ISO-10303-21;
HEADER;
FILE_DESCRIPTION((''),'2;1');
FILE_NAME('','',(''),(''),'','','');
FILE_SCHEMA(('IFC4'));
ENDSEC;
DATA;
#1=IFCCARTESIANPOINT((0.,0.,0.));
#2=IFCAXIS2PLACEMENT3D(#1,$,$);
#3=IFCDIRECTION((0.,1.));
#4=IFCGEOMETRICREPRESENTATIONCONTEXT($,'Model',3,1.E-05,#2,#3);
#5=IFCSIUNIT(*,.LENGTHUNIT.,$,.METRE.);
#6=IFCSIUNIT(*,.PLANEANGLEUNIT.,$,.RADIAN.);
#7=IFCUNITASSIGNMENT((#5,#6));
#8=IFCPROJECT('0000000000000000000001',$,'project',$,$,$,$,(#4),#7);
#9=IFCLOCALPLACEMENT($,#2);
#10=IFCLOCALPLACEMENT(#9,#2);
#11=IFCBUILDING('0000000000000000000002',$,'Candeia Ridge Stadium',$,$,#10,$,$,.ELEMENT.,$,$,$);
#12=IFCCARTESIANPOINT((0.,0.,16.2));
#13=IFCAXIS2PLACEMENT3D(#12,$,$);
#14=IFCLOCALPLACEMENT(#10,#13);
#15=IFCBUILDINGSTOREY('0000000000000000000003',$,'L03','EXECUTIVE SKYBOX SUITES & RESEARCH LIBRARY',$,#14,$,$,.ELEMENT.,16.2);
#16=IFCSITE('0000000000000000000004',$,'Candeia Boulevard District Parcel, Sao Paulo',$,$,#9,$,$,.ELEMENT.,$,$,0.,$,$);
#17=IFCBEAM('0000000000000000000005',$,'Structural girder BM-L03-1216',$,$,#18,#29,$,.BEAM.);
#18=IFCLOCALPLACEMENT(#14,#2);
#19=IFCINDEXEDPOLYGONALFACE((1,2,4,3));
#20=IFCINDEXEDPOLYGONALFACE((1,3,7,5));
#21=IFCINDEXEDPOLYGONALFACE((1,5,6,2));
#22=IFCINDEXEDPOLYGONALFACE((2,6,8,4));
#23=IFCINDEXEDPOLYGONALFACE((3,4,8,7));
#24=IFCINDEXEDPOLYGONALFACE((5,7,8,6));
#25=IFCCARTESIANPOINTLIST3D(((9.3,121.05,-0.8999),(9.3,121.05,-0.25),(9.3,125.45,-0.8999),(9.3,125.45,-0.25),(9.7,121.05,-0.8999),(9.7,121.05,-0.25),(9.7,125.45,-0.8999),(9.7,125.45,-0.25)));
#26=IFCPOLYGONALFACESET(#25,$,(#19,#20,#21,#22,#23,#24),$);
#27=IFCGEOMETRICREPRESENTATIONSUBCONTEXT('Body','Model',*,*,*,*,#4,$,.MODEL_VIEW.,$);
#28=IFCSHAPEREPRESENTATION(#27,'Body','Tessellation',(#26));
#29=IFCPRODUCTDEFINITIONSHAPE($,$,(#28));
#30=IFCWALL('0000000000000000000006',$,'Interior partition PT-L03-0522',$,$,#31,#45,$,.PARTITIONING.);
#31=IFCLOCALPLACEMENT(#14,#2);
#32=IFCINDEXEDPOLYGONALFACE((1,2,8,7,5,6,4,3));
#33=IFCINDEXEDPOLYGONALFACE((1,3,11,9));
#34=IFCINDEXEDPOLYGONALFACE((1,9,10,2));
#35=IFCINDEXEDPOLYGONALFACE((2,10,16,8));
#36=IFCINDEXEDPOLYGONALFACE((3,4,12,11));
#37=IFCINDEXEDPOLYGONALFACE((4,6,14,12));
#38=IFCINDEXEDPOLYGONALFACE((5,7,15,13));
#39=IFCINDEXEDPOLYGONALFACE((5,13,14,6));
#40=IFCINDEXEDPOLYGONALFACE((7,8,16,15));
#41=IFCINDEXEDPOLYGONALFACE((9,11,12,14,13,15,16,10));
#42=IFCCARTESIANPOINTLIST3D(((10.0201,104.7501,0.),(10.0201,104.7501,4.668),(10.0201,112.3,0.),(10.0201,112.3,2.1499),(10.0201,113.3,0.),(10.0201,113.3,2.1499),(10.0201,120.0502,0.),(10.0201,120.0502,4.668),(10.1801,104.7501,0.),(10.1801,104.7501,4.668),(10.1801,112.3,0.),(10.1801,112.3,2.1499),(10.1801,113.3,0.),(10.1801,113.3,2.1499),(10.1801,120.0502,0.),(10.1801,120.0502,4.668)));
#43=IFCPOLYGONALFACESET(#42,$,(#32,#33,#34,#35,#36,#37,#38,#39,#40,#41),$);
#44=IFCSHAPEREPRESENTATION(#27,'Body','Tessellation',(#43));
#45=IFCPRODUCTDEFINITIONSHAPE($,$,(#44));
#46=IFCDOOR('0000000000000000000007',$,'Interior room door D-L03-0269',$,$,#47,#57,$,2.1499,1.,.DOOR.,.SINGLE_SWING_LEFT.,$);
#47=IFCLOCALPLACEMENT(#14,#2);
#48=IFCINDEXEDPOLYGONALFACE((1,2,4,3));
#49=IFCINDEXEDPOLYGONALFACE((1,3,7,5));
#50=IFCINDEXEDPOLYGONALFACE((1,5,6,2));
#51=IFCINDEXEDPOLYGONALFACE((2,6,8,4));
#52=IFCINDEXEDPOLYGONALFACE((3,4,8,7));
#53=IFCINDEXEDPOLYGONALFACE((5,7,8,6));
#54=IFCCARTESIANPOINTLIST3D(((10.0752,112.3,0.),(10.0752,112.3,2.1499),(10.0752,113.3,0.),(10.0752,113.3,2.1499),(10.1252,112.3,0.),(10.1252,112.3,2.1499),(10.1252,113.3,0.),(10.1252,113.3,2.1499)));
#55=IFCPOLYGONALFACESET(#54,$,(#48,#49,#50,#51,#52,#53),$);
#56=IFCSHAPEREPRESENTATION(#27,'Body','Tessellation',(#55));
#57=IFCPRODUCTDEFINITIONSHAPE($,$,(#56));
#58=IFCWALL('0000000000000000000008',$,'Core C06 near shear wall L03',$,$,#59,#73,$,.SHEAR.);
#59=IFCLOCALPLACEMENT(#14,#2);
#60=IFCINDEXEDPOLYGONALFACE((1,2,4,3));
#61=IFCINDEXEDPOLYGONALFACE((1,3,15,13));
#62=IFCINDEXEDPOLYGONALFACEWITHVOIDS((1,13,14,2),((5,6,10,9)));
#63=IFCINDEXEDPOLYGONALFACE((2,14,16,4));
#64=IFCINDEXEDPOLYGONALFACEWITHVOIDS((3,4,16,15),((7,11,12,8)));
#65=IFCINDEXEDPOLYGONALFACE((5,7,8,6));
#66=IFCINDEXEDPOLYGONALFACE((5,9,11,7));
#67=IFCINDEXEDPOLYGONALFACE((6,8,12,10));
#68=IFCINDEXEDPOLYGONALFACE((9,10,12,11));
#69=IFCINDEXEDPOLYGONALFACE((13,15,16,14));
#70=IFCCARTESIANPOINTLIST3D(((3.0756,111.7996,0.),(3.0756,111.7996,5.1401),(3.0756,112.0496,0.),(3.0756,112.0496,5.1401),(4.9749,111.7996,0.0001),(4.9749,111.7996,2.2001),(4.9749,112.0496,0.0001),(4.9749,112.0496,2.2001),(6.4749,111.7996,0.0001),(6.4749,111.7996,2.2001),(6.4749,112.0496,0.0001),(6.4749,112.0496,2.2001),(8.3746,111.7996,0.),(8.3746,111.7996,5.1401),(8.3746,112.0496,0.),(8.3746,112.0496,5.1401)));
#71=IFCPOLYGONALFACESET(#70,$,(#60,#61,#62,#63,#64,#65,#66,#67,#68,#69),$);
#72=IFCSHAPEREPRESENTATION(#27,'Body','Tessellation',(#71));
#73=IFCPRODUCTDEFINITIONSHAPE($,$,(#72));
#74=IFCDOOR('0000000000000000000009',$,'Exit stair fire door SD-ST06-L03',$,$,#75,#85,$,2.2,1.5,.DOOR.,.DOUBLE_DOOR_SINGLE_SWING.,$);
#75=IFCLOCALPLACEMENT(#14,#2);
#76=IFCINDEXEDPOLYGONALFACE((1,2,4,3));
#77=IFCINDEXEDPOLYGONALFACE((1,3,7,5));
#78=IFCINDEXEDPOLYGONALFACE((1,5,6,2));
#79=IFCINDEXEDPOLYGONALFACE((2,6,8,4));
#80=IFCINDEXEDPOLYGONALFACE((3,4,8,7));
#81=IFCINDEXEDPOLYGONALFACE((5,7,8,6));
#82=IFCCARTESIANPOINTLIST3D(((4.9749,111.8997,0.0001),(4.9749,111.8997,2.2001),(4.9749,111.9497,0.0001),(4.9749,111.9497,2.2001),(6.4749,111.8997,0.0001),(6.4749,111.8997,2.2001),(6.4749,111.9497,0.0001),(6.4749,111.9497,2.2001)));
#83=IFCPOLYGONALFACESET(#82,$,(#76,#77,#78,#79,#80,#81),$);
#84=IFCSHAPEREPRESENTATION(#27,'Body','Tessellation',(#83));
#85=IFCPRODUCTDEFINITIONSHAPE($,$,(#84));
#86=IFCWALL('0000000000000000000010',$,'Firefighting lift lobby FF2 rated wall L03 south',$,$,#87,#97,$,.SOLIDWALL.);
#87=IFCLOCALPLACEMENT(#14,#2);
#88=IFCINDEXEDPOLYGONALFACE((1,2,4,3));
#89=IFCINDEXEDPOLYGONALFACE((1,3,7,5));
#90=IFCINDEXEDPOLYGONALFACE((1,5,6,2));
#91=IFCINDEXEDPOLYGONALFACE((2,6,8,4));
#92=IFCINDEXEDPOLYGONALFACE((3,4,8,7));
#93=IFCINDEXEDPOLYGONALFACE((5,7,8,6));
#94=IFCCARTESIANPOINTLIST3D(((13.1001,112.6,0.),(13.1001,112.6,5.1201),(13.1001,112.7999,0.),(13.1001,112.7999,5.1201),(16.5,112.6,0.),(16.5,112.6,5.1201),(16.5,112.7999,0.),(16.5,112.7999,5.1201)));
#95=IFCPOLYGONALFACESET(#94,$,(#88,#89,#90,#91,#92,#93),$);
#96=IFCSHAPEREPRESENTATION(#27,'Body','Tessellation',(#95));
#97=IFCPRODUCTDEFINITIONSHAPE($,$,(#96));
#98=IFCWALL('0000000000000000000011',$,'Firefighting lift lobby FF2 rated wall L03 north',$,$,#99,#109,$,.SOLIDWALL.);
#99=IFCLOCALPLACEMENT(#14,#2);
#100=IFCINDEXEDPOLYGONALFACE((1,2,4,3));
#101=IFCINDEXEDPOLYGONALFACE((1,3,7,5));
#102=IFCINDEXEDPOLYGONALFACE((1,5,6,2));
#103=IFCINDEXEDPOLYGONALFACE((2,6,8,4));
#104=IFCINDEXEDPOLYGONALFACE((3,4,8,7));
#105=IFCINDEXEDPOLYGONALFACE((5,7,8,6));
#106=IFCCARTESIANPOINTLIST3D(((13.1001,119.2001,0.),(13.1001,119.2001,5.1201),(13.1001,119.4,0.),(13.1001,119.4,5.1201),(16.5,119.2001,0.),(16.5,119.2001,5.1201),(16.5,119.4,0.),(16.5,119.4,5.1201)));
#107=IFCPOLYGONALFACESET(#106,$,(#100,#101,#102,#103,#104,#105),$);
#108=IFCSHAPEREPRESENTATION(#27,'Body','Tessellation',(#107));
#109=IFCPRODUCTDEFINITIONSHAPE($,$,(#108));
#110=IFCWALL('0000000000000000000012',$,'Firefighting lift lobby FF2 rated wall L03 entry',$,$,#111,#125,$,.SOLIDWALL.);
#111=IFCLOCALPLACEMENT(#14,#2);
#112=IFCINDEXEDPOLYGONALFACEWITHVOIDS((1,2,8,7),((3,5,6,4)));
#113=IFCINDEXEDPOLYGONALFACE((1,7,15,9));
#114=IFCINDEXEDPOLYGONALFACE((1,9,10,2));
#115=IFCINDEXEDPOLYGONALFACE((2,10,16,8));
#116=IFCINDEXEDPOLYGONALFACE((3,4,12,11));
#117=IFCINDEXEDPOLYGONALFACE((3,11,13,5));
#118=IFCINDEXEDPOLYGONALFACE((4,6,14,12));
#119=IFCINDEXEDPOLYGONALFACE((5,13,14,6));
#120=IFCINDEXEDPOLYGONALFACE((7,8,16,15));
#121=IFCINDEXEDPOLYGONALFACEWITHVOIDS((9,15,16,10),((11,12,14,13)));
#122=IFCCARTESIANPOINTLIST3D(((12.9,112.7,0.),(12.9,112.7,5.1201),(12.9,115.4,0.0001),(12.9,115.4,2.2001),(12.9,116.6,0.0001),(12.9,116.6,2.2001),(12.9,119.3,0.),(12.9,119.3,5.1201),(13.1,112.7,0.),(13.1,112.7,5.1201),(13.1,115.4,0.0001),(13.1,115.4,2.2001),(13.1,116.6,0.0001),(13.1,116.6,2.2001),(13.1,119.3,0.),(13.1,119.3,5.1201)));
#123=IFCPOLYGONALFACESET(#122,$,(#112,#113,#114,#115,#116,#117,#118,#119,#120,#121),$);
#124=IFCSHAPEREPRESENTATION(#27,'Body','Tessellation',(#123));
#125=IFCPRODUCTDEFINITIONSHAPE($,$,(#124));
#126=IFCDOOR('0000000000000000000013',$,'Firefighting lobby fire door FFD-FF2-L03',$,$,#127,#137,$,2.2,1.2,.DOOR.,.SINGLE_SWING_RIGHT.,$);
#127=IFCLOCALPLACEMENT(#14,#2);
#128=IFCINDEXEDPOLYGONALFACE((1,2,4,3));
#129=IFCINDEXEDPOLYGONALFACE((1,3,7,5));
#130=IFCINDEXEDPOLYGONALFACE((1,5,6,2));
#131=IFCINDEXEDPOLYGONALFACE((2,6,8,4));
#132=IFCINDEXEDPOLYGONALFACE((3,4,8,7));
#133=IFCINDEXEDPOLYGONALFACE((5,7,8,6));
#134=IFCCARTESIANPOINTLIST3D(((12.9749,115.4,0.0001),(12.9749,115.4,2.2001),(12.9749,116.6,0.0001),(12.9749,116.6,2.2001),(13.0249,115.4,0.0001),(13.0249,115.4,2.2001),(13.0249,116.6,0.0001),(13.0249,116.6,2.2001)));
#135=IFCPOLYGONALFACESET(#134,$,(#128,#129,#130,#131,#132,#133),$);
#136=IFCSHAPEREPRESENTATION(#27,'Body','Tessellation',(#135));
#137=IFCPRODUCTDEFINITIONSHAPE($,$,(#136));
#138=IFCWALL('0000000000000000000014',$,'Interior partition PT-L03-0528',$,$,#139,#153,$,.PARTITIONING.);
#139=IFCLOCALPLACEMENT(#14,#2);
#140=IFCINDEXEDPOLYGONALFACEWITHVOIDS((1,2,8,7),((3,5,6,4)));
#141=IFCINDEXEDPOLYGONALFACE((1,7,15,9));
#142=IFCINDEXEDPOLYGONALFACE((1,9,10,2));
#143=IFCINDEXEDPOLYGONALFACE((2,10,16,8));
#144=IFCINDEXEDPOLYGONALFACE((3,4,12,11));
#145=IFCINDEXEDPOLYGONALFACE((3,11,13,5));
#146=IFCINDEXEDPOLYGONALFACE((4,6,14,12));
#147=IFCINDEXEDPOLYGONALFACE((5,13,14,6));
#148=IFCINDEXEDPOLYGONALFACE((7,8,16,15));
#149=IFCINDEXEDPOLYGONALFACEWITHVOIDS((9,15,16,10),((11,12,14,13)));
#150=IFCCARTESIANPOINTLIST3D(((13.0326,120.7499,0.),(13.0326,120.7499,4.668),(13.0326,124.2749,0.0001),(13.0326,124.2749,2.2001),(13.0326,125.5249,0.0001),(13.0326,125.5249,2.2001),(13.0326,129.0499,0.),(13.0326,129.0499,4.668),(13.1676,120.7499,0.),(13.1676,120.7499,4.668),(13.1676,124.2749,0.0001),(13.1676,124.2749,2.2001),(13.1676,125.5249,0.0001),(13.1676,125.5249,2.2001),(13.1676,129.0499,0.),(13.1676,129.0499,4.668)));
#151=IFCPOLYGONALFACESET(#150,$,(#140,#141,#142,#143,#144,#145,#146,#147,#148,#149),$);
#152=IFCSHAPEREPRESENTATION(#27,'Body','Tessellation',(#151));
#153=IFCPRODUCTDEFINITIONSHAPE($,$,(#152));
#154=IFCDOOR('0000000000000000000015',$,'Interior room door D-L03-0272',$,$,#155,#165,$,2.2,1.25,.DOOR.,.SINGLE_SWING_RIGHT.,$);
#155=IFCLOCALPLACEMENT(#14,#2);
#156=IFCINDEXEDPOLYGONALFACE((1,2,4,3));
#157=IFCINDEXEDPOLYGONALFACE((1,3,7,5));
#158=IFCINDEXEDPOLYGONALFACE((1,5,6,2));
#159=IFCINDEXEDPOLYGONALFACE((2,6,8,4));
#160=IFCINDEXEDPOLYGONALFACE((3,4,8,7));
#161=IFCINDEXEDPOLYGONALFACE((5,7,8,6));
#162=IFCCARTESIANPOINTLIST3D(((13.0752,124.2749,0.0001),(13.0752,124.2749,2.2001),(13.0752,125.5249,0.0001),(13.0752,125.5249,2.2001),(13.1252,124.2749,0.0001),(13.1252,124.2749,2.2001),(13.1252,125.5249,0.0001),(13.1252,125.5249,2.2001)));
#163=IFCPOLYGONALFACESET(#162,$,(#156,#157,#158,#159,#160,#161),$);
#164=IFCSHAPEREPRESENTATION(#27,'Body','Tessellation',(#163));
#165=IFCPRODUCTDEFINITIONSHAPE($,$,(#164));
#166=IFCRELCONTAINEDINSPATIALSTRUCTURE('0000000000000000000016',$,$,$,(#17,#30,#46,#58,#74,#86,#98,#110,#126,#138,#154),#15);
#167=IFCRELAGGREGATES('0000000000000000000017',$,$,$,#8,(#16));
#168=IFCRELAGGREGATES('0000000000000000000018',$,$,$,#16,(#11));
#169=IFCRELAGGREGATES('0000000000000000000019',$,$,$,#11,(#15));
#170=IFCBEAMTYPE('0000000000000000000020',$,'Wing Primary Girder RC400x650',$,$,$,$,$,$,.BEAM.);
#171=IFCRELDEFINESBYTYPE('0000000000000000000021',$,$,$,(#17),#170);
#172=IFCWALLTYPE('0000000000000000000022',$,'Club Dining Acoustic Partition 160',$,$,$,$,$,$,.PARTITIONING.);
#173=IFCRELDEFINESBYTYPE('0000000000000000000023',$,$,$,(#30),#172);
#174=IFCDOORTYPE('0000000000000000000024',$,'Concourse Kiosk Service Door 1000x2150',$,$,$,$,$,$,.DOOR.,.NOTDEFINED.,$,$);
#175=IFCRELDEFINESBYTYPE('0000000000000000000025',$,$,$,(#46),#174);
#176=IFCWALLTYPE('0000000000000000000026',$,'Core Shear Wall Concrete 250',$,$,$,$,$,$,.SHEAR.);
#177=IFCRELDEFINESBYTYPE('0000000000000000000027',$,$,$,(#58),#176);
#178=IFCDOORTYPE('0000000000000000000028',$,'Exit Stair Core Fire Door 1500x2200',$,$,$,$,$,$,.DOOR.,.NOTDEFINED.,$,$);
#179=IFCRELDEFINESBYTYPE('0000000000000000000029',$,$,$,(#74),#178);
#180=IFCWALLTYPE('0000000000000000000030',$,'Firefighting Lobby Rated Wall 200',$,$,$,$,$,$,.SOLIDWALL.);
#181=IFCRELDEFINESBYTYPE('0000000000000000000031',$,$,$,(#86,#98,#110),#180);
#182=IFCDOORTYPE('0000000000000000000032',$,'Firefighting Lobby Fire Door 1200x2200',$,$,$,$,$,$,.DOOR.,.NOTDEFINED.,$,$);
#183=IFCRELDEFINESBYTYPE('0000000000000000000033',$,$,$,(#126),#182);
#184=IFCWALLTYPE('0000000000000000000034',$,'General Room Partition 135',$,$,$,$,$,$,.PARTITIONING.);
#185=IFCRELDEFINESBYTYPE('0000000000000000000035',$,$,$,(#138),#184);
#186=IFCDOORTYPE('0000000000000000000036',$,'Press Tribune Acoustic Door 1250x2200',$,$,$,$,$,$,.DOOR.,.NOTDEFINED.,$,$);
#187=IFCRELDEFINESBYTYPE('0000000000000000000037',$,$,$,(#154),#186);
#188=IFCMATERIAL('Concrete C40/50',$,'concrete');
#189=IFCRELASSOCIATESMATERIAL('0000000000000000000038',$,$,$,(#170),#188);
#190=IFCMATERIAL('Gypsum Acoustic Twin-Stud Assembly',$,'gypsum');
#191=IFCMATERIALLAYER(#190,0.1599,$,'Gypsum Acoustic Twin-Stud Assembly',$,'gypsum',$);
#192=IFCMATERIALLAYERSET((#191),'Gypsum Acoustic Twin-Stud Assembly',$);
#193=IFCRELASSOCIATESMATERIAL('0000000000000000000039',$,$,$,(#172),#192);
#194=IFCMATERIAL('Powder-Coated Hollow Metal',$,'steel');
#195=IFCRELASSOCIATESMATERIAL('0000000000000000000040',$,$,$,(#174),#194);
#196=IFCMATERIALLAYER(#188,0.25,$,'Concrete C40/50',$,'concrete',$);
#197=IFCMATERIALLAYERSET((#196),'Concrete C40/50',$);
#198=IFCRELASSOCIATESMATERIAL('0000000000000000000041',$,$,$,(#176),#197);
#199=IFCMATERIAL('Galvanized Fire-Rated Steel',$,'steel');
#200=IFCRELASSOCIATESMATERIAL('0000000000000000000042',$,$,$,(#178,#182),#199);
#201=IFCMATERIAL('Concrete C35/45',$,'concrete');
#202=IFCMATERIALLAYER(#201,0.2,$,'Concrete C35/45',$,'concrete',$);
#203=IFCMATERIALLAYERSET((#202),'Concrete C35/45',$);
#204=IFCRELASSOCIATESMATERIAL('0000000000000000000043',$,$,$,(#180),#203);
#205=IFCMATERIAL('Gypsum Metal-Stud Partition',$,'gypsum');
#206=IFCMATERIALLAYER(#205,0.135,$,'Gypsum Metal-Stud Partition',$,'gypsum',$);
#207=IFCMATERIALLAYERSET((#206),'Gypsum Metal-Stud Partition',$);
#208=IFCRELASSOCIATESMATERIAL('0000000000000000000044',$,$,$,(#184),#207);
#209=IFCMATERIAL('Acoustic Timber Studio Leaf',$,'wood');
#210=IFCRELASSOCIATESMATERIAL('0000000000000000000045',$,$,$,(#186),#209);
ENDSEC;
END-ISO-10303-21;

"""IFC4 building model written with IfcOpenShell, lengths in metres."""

from ifc_helpers import new_model, si_unit, direction, frame, frame_2d, origin, origin_2d, place, context, subcontext, project, spatial, rectangle, extrude, material, layer, layer_set, material_profile, profile_set, type_object, element, fill, save


model = new_model("IFC4")

# Units and contexts
model_context = context("Model", 3, precision=1e-05, world=origin(), true_north=direction((0.0, 1.0)))
body_context = subcontext(model_context, "Body", "Model", "MODEL_VIEW")
ifc_project = project(units=[si_unit("LENGTHUNIT", "METRE"), si_unit("PLANEANGLEUNIT", "RADIAN")], contexts=[model_context])

# Site, building, storey
site_placement = place(None, origin())
site = spatial("IfcSite", under=ifc_project, at=site_placement, Name="Candeia Boulevard District Parcel, Sao Paulo", CompositionType="ELEMENT", RefElevation=0.0)
building_placement = place(site_placement, origin())
building = spatial("IfcBuilding", under=site, at=building_placement, Name="Candeia Ridge Stadium", CompositionType="ELEMENT")
storey_placement = place(building_placement, frame((0.0, 0.0, 16.2)))
storey = spatial("IfcBuildingStorey", under=building, at=storey_placement, Name="L03", Description="EXECUTIVE SKYBOX SUITES & RESEARCH LIBRARY", CompositionType="ELEMENT", Elevation=16.2)

# Shared definitions
ifc_material_1 = material(Name="Concrete C40/50", Category="concrete")

# Beam
ifc_material_profile_1 = material_profile(ifc_material_1, rectangle(XDim=0.3999, YDim=0.6499, at=origin_2d()), Name="RC400x650", Category="concrete")
ifc_profile_set_1 = profile_set([ifc_material_profile_1], Name="Concrete C40/50")
beam_type_1 = type_object("IfcBeamType", Name="Wing Primary Girder RC400x650", PredefinedType="BEAM", material=ifc_profile_set_1)
beam_1_placement = place(storey_placement, frame((9.5, 121.05, -0.575), z_axis=(0.0, 1.0, 0.0), x_axis=(-1.0, 0.0, 0.0)))
element("IfcBeam", 1, at=beam_1_placement, inside=storey, type_object=beam_type_1, Name="Structural girder BM-L03-1216", PredefinedType="BEAM", context=body_context, shape_type="SweptSolid", body=[
    extrude(rectangle(XDim=0.3999, YDim=0.6499, at=origin_2d()), origin(), (0.0, 0.0, 1.0), 4.3999),
])

# Walls, openings, doors
ifc_material_2 = material(Name="Gypsum Acoustic Twin-Stud Assembly", Category="gypsum")
ifc_layer_1 = layer(ifc_material_2, 0.1599, Name="Gypsum Acoustic Twin-Stud Assembly", Category="gypsum")
ifc_layer_set_1 = layer_set([ifc_layer_1], Name="Gypsum Acoustic Twin-Stud Assembly")
wall_type_1 = type_object("IfcWallType", Name="Club Dining Acoustic Partition 160", PredefinedType="PARTITIONING", material=ifc_layer_set_1)
wall_1_placement = place(storey_placement, frame((10.1001, 120.05, 0.0), z_axis=(0.0, 0.0, 1.0), x_axis=(0.0, -1.0, 0.0)))
wall_1 = element("IfcWall", 2, at=wall_1_placement, inside=storey, type_object=wall_type_1, Name="Interior partition PT-L03-0522", PredefinedType="PARTITIONING", context=body_context, shape_type="SweptSolid", body=[
    extrude(rectangle(XDim=15.3, YDim=0.1599, at=frame_2d((7.6499, 0.0))), origin(), (0.0, 0.0, 1.0), 4.668),
])
opening_1_placement = place(wall_1_placement, frame((6.75, 0.0, 0.0)))
opening_1 = element("IfcOpeningElement", 3, at=opening_1_placement, cuts=wall_1, PredefinedType="OPENING", context=body_context, shape_type="SweptSolid", body=[
    extrude(rectangle(XDim=1.0, YDim=2.1499, at=frame_2d((0.5, 1.075))), frame((0.0, 0.0898, 0.0), z_axis=(0.0, -1.0, 0.0), x_axis=(1.0, 0.0, 0.0)), (0.0, 0.0, 1.0), 0.1799),
])
ifc_material_3 = material(Name="Powder-Coated Hollow Metal", Category="steel")
door_type_1 = type_object("IfcDoorType", Name="Concourse Kiosk Service Door 1000x2150", OperationType="NOTDEFINED", PredefinedType="DOOR", material=ifc_material_3)
door_1_placement = place(opening_1_placement, frame((1.0, 0.0, 0.0), z_axis=(0.0, 0.0, 1.0), x_axis=(-1.0, 0.0, 0.0)))
door_1 = element("IfcDoor", 4, at=door_1_placement, inside=storey, type_object=door_type_1, Name="Interior room door D-L03-0269", OperationType="SINGLE_SWING_LEFT", OverallHeight=2.1499, OverallWidth=1.0, PredefinedType="DOOR", context=body_context, shape_type="SweptSolid", body=[
    extrude(rectangle(XDim=1.0, YDim=2.1499, at=frame_2d((0.5, 1.075))), frame((0.0, 0.0249, 0.0), z_axis=(0.0, -1.0, 0.0), x_axis=(1.0, 0.0, 0.0)), (0.0, 0.0, 1.0), 0.05),
])
fill(opening_1, door_1)
ifc_layer_2 = layer(ifc_material_1, 0.25, Name="Concrete C40/50", Category="concrete")
ifc_layer_set_2 = layer_set([ifc_layer_2], Name="Concrete C40/50")
wall_type_2 = type_object("IfcWallType", Name="Core Shear Wall Concrete 250", PredefinedType="SHEAR", material=ifc_layer_set_2)
wall_2_placement = place(storey_placement, frame((8.3745, 111.9246, 0.0), z_axis=(0.0, 0.0, 1.0), x_axis=(-1.0, 0.0, 0.0)))
wall_2 = element("IfcWall", 5, at=wall_2_placement, inside=storey, type_object=wall_type_2, Name="Core C06 near shear wall L03", PredefinedType="SHEAR", context=body_context, shape_type="SweptSolid", body=[
    extrude(rectangle(XDim=5.2991, YDim=0.25, at=frame_2d((2.6494, 0.0))), origin(), (0.0, 0.0, 1.0), 5.1401),
])
opening_2_placement = place(wall_2_placement, frame((1.8997, 0.0, 0.0)))
opening_2 = element("IfcOpeningElement", 6, at=opening_2_placement, cuts=wall_2, PredefinedType="OPENING", context=body_context, shape_type="SweptSolid", body=[
    extrude(rectangle(XDim=1.5, YDim=2.2, at=frame_2d((0.75, 1.1001))), frame((0.0, 0.135, 0.0), z_axis=(0.0, -1.0, 0.0), x_axis=(1.0, 0.0, 0.0)), (0.0, 0.0, 1.0), 0.27),
])
ifc_material_4 = material(Name="Galvanized Fire-Rated Steel", Category="steel")
door_type_2 = type_object("IfcDoorType", Name="Exit Stair Core Fire Door 1500x2200", OperationType="NOTDEFINED", PredefinedType="DOOR", material=ifc_material_4)
door_2_placement = place(opening_2_placement, origin())
door_2 = element("IfcDoor", 7, at=door_2_placement, inside=storey, type_object=door_type_2, Name="Exit stair fire door SD-ST06-L03", OperationType="DOUBLE_DOOR_SINGLE_SWING", OverallHeight=2.2, OverallWidth=1.5, PredefinedType="DOOR", context=body_context, shape_type="SweptSolid", body=[
    extrude(rectangle(XDim=1.5, YDim=2.2, at=frame_2d((0.75, 1.1001))), frame((0.0, 0.0249, 0.0), z_axis=(0.0, -1.0, 0.0), x_axis=(1.0, 0.0, 0.0)), (0.0, 0.0, 1.0), 0.05),
])
fill(opening_2, door_2)

# Walls
ifc_material_5 = material(Name="Concrete C35/45", Category="concrete")
ifc_layer_3 = layer(ifc_material_5, 0.2, Name="Concrete C35/45", Category="concrete")
ifc_layer_set_3 = layer_set([ifc_layer_3], Name="Concrete C35/45")
wall_type_3 = type_object("IfcWallType", Name="Firefighting Lobby Rated Wall 200", PredefinedType="SOLIDWALL", material=ifc_layer_set_3)
for number, where, z_axis, x_axis, name in (
    (8, (13.1001, 112.7, 0.0), (0.0, 0.0, 1.0), (1.0, 0.0, 0.0), "Firefighting lift lobby FF2 rated wall L03 south"),
    (9, (16.5, 119.3, 0.0), (0.0, 0.0, 1.0), (-1.0, 0.0, 0.0), "Firefighting lift lobby FF2 rated wall L03 north"),
):
    element("IfcWall", number, at=place(storey_placement, frame(where, z_axis=z_axis, x_axis=x_axis)), inside=storey, type_object=wall_type_3, Name=name, PredefinedType="SOLIDWALL", context=body_context, shape_type="SweptSolid", body=[
        extrude(rectangle(XDim=3.3999, YDim=0.2, at=frame_2d((1.7, 0.0))), origin(), (0.0, 0.0, 1.0), 5.1201),
    ])

# Walls, openings, doors
wall_3_placement = place(storey_placement, frame((13.0, 119.3, 0.0), z_axis=(0.0, 0.0, 1.0), x_axis=(0.0, -1.0, 0.0)))
wall_3 = element("IfcWall", 10, at=wall_3_placement, inside=storey, type_object=wall_type_3, Name="Firefighting lift lobby FF2 rated wall L03 entry", PredefinedType="SOLIDWALL", context=body_context, shape_type="SweptSolid", body=[
    extrude(rectangle(XDim=6.6001, YDim=0.2, at=frame_2d((3.3, 0.0))), origin(), (0.0, 0.0, 1.0), 5.1201),
])
opening_3_placement = place(wall_3_placement, frame((2.7, 0.0, 0.0)))
opening_3 = element("IfcOpeningElement", 11, at=opening_3_placement, cuts=wall_3, PredefinedType="OPENING", context=body_context, shape_type="SweptSolid", body=[
    extrude(rectangle(XDim=1.2, YDim=2.2, at=frame_2d((0.6001, 1.1001))), frame((0.0, 0.1099, 0.0), z_axis=(0.0, -1.0, 0.0), x_axis=(1.0, 0.0, 0.0)), (0.0, 0.0, 1.0), 0.22),
])
door_type_3 = type_object("IfcDoorType", Name="Firefighting Lobby Fire Door 1200x2200", OperationType="NOTDEFINED", PredefinedType="DOOR", material=ifc_material_4)
door_3_placement = place(opening_3_placement, origin())
door_3 = element("IfcDoor", 12, at=door_3_placement, inside=storey, type_object=door_type_3, Name="Firefighting lobby fire door FFD-FF2-L03", OperationType="SINGLE_SWING_RIGHT", OverallHeight=2.2, OverallWidth=1.2, PredefinedType="DOOR", context=body_context, shape_type="SweptSolid", body=[
    extrude(rectangle(XDim=1.2, YDim=2.2, at=frame_2d((0.6001, 1.1001))), frame((0.0, 0.0249, 0.0), z_axis=(0.0, -1.0, 0.0), x_axis=(1.0, 0.0, 0.0)), (0.0, 0.0, 1.0), 0.05),
])
fill(opening_3, door_3)
ifc_material_6 = material(Name="Gypsum Metal-Stud Partition", Category="gypsum")
ifc_layer_4 = layer(ifc_material_6, 0.135, Name="Gypsum Metal-Stud Partition", Category="gypsum")
ifc_layer_set_4 = layer_set([ifc_layer_4], Name="Gypsum Metal-Stud Partition")
wall_type_4 = type_object("IfcWallType", Name="General Room Partition 135", PredefinedType="PARTITIONING", material=ifc_layer_set_4)
wall_4_placement = place(storey_placement, frame((13.1001, 120.75, 0.0), z_axis=(0.0, 0.0, 1.0), x_axis=(0.0, 1.0, 0.0)))
wall_4 = element("IfcWall", 13, at=wall_4_placement, inside=storey, type_object=wall_type_4, Name="Interior partition PT-L03-0528", PredefinedType="PARTITIONING", context=body_context, shape_type="SweptSolid", body=[
    extrude(rectangle(XDim=8.3, YDim=0.135, at=frame_2d((4.1499, 0.0))), origin(), (0.0, 0.0, 1.0), 4.668),
])
opening_4_placement = place(wall_4_placement, frame((3.5249, 0.0, 0.0)))
opening_4 = element("IfcOpeningElement", 14, at=opening_4_placement, cuts=wall_4, PredefinedType="OPENING", context=body_context, shape_type="SweptSolid", body=[
    extrude(rectangle(XDim=1.25, YDim=2.2, at=frame_2d((0.625, 1.1001))), frame((0.0, 0.0774, 0.0), z_axis=(0.0, -1.0, 0.0), x_axis=(1.0, 0.0, 0.0)), (0.0, 0.0, 1.0), 0.155),
])
ifc_material_7 = material(Name="Acoustic Timber Studio Leaf", Category="wood")
door_type_4 = type_object("IfcDoorType", Name="Press Tribune Acoustic Door 1250x2200", OperationType="NOTDEFINED", PredefinedType="DOOR", material=ifc_material_7)
door_4_placement = place(opening_4_placement, origin())
door_4 = element("IfcDoor", 15, at=door_4_placement, inside=storey, type_object=door_type_4, Name="Interior room door D-L03-0272", OperationType="SINGLE_SWING_RIGHT", OverallHeight=2.2, OverallWidth=1.25, PredefinedType="DOOR", context=body_context, shape_type="SweptSolid", body=[
    extrude(rectangle(XDim=1.25, YDim=2.2, at=frame_2d((0.625, 1.1001))), frame((0.0, 0.0249, 0.0), z_axis=(0.0, -1.0, 0.0), x_axis=(1.0, 0.0, 0.0)), (0.0, 0.0, 1.0), 0.05),
])
fill(opening_4, door_4)

save(model, "model.ifc")
